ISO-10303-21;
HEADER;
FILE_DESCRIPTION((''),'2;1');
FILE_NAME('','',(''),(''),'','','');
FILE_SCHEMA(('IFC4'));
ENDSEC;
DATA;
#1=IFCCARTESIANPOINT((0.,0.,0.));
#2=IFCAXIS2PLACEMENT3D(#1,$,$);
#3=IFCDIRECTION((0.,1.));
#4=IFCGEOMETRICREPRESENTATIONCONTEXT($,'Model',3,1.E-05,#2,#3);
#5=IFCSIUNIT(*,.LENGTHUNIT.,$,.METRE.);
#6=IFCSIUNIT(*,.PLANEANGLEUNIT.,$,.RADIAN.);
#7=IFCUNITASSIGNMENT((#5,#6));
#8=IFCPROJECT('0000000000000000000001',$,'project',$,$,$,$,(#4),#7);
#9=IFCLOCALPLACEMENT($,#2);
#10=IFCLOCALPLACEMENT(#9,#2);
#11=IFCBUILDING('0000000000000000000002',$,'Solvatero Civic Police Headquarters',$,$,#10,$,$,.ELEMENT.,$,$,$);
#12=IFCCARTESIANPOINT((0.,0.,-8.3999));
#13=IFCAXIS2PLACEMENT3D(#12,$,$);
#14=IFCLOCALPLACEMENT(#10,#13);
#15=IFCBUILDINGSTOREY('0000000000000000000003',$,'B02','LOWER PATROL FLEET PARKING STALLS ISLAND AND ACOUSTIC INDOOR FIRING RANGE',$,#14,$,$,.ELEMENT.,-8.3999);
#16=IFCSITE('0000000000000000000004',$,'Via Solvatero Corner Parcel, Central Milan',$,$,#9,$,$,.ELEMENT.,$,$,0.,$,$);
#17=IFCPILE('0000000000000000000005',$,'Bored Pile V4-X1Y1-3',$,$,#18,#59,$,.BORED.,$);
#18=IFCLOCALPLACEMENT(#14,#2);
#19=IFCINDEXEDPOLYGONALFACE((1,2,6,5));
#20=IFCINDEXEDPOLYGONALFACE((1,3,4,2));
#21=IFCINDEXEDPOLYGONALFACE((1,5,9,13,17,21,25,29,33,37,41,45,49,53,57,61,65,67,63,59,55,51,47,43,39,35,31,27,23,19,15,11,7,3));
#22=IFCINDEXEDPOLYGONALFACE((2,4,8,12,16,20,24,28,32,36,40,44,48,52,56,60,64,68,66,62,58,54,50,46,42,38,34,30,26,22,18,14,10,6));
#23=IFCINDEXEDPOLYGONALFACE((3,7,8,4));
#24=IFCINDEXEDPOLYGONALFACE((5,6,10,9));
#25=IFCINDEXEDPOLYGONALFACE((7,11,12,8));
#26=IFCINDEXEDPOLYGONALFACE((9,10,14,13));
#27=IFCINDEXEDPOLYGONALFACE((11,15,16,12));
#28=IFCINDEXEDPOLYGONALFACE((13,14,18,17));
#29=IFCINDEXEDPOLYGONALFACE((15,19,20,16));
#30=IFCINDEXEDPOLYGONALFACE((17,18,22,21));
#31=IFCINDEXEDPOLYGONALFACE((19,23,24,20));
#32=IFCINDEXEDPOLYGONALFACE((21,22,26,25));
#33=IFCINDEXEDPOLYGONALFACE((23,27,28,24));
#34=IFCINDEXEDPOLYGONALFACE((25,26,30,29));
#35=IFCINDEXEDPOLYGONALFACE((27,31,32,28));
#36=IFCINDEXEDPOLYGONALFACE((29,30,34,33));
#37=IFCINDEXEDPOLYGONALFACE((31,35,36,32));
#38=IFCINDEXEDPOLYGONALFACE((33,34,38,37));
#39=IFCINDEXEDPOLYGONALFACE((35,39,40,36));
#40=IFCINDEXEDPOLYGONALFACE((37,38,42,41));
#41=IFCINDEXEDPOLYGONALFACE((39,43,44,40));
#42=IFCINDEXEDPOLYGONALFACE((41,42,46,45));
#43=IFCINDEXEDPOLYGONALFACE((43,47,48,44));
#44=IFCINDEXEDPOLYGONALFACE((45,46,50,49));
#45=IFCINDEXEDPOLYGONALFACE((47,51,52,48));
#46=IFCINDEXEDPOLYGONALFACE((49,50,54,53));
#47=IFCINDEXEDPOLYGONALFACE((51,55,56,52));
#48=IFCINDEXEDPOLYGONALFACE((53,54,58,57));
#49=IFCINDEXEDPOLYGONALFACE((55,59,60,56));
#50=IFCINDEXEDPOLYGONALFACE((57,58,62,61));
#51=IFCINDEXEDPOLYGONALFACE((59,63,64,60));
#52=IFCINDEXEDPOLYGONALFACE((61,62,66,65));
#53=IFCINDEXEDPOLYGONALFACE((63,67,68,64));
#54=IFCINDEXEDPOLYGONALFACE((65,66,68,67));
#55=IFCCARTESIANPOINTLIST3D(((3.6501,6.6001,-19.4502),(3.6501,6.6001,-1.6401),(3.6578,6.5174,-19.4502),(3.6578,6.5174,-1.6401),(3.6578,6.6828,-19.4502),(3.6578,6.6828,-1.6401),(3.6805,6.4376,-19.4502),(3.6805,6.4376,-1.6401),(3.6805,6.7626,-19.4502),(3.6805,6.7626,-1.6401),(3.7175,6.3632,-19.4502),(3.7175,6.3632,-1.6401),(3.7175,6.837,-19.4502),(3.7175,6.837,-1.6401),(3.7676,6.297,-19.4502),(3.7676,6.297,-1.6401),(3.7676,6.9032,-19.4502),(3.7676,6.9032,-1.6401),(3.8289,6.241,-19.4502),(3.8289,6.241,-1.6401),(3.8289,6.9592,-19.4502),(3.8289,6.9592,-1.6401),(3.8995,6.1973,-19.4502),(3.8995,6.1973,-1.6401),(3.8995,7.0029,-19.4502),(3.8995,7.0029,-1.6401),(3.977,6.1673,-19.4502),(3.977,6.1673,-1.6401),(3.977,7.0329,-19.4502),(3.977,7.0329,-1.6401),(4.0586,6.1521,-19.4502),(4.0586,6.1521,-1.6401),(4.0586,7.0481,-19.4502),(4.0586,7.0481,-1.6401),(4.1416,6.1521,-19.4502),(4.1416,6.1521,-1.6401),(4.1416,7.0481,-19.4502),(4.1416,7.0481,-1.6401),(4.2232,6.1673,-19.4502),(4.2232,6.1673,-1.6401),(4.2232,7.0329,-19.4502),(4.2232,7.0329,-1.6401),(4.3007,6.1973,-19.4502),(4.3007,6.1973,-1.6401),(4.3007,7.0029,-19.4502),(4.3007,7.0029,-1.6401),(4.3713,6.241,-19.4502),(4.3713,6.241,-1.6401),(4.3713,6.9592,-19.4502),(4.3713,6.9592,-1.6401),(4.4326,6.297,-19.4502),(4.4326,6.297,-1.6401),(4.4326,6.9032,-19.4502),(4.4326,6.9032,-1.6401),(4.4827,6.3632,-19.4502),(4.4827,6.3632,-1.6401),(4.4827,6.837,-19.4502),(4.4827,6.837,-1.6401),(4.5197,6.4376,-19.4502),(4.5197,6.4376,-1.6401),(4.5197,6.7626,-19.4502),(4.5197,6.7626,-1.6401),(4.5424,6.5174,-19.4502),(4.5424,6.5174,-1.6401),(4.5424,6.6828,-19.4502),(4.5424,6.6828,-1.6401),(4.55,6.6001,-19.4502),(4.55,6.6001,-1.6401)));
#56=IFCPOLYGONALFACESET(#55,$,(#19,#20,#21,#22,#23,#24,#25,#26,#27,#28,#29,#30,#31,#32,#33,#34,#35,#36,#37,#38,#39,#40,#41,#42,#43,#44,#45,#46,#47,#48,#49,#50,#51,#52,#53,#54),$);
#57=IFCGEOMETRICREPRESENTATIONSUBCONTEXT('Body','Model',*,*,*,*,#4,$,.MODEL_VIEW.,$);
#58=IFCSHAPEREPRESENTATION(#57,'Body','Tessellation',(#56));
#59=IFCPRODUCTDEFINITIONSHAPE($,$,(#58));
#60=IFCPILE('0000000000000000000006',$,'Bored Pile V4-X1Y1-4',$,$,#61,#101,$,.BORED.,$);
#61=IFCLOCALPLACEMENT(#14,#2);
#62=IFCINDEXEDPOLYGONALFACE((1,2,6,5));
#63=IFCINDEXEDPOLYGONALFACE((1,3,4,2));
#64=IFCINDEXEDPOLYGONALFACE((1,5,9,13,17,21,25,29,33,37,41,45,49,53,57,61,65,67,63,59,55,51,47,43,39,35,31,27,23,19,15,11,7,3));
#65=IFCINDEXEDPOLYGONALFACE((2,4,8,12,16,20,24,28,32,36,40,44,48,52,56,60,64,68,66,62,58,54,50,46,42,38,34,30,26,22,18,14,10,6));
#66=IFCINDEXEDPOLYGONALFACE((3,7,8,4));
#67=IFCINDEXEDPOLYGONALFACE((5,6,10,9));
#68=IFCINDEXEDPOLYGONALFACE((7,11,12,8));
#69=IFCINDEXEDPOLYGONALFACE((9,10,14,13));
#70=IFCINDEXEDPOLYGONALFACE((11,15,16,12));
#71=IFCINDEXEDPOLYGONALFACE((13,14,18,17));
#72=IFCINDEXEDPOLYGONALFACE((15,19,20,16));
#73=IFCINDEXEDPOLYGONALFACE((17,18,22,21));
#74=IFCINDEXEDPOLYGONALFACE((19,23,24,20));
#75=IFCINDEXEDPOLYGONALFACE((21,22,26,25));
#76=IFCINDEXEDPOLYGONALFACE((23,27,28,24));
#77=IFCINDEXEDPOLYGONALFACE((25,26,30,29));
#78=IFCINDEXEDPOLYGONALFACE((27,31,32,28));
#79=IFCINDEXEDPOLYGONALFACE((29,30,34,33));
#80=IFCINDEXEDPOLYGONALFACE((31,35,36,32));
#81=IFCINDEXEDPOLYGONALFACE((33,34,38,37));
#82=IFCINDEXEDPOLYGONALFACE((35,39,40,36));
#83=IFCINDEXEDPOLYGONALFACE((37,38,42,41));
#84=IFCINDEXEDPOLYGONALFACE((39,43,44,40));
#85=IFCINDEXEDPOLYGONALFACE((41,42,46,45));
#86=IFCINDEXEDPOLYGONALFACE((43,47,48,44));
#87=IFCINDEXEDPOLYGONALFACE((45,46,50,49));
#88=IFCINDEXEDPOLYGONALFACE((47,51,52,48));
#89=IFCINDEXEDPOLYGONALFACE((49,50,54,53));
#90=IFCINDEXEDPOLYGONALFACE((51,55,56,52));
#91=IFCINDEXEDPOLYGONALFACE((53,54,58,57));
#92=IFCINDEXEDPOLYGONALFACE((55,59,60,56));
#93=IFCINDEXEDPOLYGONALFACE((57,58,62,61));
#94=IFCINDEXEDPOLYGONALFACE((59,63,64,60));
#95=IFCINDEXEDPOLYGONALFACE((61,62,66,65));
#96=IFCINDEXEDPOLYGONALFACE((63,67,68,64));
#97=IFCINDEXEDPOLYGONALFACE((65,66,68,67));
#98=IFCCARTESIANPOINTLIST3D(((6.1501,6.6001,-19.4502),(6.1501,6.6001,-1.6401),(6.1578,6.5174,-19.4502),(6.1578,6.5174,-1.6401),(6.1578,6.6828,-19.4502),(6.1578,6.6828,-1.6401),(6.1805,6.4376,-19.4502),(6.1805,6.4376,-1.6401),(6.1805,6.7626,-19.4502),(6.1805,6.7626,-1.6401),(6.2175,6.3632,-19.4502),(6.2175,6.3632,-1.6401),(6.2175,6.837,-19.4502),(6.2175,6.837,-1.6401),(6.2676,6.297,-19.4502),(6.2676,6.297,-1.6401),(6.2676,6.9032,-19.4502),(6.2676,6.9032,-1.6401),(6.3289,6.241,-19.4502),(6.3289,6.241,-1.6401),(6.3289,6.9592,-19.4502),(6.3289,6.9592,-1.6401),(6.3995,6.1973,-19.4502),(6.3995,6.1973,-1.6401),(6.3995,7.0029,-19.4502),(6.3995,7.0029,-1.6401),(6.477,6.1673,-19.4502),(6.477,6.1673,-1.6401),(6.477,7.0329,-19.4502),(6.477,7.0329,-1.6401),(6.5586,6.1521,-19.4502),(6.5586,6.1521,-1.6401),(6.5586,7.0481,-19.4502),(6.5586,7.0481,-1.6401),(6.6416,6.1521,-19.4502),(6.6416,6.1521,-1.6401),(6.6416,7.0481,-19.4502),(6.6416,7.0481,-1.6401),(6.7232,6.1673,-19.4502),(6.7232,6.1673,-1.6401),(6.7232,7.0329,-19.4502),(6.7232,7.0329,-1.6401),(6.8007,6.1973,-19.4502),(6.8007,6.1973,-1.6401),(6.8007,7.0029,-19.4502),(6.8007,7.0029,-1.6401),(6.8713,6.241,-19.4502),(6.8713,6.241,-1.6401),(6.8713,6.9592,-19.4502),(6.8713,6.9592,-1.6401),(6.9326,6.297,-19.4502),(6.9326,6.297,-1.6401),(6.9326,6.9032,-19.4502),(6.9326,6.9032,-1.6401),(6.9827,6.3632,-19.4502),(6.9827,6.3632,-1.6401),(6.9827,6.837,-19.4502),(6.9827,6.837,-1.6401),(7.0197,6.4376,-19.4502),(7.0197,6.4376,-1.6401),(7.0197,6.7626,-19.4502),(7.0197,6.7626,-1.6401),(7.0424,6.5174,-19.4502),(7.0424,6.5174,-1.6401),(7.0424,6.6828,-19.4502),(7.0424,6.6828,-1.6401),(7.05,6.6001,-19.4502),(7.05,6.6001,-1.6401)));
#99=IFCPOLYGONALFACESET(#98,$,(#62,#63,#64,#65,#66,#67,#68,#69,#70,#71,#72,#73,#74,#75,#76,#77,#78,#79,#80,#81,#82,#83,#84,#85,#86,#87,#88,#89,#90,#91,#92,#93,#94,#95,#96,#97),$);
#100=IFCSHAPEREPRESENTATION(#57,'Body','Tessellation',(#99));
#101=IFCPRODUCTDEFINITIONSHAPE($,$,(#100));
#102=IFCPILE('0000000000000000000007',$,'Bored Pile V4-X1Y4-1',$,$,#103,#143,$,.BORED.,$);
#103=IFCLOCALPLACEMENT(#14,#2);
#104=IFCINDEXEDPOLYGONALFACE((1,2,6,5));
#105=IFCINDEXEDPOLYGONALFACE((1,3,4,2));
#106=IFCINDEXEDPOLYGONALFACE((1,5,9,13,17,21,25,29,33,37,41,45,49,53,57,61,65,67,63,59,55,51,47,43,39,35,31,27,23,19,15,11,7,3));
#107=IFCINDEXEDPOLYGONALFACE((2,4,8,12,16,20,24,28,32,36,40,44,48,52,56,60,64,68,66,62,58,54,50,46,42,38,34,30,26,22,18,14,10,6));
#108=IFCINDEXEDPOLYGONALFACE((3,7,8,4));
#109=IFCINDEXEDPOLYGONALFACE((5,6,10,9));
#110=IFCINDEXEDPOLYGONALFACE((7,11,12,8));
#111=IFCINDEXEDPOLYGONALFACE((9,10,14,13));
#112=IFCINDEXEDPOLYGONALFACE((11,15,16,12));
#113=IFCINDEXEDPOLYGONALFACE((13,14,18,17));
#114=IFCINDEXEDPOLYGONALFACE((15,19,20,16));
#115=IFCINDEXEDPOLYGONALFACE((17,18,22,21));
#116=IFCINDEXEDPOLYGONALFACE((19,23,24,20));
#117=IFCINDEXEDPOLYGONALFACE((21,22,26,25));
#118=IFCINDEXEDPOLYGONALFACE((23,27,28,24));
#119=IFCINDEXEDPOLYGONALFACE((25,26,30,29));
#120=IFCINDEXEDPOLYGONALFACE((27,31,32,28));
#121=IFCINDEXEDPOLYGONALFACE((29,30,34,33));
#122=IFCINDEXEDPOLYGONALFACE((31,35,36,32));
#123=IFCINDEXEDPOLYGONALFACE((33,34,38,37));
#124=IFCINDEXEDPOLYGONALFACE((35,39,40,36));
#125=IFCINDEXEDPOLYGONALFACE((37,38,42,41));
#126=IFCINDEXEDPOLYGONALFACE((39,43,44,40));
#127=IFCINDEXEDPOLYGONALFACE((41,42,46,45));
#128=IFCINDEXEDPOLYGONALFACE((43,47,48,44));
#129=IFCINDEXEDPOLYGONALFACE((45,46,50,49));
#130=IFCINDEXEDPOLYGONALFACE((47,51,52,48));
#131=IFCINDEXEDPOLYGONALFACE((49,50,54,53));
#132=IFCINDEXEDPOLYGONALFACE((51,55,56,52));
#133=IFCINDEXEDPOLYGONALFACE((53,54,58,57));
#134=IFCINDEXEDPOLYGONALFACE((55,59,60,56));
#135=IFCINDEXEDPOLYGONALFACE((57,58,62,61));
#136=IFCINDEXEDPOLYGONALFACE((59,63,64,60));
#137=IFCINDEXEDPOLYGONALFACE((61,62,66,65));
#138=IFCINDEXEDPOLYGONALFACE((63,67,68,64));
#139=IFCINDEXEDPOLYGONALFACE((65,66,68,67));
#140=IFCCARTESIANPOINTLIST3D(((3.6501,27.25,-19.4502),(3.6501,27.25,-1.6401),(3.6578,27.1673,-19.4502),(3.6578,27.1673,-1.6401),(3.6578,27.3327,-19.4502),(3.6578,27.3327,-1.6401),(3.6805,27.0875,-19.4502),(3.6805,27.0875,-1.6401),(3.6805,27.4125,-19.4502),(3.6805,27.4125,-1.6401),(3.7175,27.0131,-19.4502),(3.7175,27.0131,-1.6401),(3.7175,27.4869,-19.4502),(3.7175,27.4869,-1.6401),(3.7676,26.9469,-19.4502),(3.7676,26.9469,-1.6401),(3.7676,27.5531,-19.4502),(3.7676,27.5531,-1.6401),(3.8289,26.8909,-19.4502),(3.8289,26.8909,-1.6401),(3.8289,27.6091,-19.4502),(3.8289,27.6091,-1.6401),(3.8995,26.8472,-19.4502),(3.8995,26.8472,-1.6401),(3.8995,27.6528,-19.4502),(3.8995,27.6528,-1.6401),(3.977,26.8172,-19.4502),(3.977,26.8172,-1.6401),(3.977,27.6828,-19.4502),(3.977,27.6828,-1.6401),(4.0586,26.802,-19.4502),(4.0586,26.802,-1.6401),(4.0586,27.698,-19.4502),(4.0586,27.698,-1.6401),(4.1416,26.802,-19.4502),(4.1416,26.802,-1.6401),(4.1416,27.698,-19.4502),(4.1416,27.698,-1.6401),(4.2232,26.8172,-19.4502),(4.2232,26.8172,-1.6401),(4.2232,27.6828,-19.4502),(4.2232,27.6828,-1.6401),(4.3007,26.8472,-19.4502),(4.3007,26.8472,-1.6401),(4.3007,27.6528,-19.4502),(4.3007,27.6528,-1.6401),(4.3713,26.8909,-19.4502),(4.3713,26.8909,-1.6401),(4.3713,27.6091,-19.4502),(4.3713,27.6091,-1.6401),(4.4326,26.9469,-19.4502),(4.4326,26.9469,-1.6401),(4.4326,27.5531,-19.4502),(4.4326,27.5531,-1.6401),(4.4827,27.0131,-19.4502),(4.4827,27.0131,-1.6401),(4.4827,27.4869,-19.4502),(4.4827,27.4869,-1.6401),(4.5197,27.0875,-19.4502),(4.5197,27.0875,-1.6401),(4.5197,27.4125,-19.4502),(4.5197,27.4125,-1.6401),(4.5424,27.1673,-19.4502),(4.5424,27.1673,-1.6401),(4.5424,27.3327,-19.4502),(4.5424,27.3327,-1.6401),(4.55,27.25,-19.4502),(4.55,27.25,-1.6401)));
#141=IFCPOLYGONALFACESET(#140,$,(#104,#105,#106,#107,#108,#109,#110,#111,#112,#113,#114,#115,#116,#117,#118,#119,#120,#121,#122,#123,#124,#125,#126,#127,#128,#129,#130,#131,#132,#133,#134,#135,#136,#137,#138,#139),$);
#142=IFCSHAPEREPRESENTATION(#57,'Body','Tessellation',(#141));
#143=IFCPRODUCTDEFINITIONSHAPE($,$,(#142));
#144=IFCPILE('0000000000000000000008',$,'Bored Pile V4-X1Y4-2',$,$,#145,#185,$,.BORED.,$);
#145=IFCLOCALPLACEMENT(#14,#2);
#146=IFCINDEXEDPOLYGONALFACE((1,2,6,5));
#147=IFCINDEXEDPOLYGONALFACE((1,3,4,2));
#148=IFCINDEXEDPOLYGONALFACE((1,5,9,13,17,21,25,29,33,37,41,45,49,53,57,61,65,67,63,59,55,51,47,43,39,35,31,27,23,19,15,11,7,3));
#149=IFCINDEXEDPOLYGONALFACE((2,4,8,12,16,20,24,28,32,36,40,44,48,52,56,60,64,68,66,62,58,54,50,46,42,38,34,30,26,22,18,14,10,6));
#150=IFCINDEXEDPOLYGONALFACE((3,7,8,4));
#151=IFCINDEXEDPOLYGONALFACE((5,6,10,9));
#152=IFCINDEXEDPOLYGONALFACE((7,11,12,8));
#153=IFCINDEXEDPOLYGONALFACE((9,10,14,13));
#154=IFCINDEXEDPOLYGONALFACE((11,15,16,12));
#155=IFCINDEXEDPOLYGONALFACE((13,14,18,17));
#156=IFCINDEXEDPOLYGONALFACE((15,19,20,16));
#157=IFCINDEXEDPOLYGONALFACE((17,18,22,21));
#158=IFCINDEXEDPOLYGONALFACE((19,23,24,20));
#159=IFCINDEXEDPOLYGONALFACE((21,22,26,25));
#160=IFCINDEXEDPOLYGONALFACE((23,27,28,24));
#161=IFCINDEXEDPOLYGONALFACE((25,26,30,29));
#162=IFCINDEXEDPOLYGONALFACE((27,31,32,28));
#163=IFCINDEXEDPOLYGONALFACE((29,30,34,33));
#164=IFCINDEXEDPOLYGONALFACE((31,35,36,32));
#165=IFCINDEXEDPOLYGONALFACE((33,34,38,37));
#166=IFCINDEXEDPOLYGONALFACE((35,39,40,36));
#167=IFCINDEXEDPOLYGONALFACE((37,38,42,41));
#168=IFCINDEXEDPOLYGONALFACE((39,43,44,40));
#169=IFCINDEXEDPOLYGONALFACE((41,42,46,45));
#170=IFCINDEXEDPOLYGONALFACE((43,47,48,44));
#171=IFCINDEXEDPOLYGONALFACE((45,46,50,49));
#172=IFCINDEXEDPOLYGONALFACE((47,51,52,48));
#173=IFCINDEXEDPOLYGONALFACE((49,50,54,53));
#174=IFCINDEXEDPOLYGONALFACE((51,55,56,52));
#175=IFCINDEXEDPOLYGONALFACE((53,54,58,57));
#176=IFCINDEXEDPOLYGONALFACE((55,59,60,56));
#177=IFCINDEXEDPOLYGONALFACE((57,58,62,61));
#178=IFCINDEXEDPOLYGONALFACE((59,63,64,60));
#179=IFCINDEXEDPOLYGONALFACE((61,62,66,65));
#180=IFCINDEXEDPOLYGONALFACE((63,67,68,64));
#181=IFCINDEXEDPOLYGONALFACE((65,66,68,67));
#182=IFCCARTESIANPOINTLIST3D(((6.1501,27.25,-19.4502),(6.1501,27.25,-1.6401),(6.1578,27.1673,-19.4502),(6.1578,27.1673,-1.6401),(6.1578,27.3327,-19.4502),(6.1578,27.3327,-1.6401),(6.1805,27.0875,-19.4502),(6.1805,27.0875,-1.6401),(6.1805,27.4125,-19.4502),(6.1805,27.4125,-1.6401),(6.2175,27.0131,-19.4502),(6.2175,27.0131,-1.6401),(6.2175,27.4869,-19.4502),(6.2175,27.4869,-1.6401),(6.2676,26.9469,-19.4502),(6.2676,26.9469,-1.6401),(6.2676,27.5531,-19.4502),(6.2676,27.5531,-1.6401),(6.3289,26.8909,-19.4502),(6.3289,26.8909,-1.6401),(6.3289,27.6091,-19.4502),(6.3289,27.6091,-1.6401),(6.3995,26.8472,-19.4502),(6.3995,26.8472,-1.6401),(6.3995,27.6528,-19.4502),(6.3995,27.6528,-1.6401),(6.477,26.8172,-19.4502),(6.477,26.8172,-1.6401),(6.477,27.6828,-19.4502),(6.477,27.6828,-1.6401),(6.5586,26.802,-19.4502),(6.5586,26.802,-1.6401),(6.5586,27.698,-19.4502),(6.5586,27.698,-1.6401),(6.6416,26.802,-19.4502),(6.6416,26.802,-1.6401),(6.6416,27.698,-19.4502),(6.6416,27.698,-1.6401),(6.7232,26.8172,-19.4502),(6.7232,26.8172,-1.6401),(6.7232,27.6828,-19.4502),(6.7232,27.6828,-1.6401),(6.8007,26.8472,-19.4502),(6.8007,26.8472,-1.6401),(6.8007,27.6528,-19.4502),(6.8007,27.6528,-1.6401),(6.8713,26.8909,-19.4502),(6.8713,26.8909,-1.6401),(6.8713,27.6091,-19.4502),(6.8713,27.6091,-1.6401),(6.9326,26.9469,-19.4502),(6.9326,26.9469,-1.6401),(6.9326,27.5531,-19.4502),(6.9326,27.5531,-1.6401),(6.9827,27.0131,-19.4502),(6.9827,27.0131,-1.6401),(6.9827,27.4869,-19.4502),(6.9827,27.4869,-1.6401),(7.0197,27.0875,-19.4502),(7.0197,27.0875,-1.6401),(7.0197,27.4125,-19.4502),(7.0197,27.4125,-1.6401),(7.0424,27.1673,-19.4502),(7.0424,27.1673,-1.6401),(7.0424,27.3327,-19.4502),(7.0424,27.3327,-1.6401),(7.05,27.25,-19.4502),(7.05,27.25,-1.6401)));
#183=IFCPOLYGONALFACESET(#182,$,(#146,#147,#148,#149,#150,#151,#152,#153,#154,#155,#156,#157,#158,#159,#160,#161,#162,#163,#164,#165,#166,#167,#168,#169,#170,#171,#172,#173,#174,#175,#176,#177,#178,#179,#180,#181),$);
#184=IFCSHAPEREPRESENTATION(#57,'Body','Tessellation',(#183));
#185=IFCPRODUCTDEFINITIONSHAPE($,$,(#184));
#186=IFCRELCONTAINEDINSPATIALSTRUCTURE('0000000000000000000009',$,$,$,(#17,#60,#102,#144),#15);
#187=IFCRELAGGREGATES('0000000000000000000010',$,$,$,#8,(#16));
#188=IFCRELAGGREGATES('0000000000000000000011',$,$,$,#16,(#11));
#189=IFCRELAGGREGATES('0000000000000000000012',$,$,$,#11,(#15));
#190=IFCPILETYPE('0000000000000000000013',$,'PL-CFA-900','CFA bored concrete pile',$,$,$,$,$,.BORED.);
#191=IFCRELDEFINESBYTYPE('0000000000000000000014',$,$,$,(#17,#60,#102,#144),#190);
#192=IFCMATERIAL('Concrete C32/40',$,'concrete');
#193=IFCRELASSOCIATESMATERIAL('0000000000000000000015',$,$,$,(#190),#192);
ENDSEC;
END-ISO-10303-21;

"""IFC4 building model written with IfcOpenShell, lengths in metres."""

from ifc_helpers import new_model, si_unit, direction, frame, origin, origin_2d, place, context, subcontext, project, spatial, circle, extrude, material, material_profile, profile_set, type_object, element, save


model = new_model("IFC4")

# Units and contexts
model_context = context("Model", 3, precision=1e-05, world=origin(), true_north=direction((0.0, 1.0)))
body_context = subcontext(model_context, "Body", "Model", "MODEL_VIEW")
ifc_project = project(units=[si_unit("LENGTHUNIT", "METRE"), si_unit("PLANEANGLEUNIT", "RADIAN")], contexts=[model_context])

# Site, building, storey
site_placement = place(None, origin())
site = spatial("IfcSite", under=ifc_project, at=site_placement, Name="Via Solvatero Corner Parcel, Central Milan", CompositionType="ELEMENT", RefElevation=0.0)
building_placement = place(site_placement, origin())
building = spatial("IfcBuilding", under=site, at=building_placement, Name="Solvatero Civic Police Headquarters", CompositionType="ELEMENT")
storey_placement = place(building_placement, frame((0.0, 0.0, -8.3999)))
storey = spatial("IfcBuildingStorey", under=building, at=storey_placement, Name="B02", Description="LOWER PATROL FLEET PARKING STALLS ISLAND AND ACOUSTIC INDOOR FIRING RANGE", CompositionType="ELEMENT", Elevation=-8.3999)

# Piles
ifc_material_1 = material(Name="Concrete C32/40", Category="concrete")
ifc_material_profile_1 = material_profile(ifc_material_1, circle(Radius=0.45, at=origin_2d()), Name="CFA PILE D900")
ifc_profile_set_1 = profile_set([ifc_material_profile_1], Name="Concrete C32/40")
pile_type_1 = type_object("IfcPileType", Name="PL-CFA-900", Description="CFA bored concrete pile", PredefinedType="BORED", material=ifc_profile_set_1)
for number, where, z_axis, x_axis, name in (
    (1, (4.1001, 6.6001, -1.6401), (0.0, 0.0, -1.0), (1.0, 0.0, 0.0), "Bored Pile V4-X1Y1-3"),
    (2, (6.6001, 6.6001, -1.6401), (0.0, 0.0, -1.0), (1.0, 0.0, 0.0), "Bored Pile V4-X1Y1-4"),
    (3, (4.1001, 27.25, -1.6401), (0.0, 0.0, -1.0), (1.0, 0.0, 0.0), "Bored Pile V4-X1Y4-1"),
    (4, (6.6001, 27.25, -1.6401), (0.0, 0.0, -1.0), (1.0, 0.0, 0.0), "Bored Pile V4-X1Y4-2"),
):
    element("IfcPile", number, at=place(storey_placement, frame(where, z_axis=z_axis, x_axis=x_axis)), inside=storey, type_object=pile_type_1, Name=name, PredefinedType="BORED", context=body_context, shape_type="SweptSolid", body=[
        extrude(circle(Radius=0.45, at=origin_2d()), origin(), (0.0, 0.0, 1.0), 17.8101),
    ])

save(model, "model.ifc")
